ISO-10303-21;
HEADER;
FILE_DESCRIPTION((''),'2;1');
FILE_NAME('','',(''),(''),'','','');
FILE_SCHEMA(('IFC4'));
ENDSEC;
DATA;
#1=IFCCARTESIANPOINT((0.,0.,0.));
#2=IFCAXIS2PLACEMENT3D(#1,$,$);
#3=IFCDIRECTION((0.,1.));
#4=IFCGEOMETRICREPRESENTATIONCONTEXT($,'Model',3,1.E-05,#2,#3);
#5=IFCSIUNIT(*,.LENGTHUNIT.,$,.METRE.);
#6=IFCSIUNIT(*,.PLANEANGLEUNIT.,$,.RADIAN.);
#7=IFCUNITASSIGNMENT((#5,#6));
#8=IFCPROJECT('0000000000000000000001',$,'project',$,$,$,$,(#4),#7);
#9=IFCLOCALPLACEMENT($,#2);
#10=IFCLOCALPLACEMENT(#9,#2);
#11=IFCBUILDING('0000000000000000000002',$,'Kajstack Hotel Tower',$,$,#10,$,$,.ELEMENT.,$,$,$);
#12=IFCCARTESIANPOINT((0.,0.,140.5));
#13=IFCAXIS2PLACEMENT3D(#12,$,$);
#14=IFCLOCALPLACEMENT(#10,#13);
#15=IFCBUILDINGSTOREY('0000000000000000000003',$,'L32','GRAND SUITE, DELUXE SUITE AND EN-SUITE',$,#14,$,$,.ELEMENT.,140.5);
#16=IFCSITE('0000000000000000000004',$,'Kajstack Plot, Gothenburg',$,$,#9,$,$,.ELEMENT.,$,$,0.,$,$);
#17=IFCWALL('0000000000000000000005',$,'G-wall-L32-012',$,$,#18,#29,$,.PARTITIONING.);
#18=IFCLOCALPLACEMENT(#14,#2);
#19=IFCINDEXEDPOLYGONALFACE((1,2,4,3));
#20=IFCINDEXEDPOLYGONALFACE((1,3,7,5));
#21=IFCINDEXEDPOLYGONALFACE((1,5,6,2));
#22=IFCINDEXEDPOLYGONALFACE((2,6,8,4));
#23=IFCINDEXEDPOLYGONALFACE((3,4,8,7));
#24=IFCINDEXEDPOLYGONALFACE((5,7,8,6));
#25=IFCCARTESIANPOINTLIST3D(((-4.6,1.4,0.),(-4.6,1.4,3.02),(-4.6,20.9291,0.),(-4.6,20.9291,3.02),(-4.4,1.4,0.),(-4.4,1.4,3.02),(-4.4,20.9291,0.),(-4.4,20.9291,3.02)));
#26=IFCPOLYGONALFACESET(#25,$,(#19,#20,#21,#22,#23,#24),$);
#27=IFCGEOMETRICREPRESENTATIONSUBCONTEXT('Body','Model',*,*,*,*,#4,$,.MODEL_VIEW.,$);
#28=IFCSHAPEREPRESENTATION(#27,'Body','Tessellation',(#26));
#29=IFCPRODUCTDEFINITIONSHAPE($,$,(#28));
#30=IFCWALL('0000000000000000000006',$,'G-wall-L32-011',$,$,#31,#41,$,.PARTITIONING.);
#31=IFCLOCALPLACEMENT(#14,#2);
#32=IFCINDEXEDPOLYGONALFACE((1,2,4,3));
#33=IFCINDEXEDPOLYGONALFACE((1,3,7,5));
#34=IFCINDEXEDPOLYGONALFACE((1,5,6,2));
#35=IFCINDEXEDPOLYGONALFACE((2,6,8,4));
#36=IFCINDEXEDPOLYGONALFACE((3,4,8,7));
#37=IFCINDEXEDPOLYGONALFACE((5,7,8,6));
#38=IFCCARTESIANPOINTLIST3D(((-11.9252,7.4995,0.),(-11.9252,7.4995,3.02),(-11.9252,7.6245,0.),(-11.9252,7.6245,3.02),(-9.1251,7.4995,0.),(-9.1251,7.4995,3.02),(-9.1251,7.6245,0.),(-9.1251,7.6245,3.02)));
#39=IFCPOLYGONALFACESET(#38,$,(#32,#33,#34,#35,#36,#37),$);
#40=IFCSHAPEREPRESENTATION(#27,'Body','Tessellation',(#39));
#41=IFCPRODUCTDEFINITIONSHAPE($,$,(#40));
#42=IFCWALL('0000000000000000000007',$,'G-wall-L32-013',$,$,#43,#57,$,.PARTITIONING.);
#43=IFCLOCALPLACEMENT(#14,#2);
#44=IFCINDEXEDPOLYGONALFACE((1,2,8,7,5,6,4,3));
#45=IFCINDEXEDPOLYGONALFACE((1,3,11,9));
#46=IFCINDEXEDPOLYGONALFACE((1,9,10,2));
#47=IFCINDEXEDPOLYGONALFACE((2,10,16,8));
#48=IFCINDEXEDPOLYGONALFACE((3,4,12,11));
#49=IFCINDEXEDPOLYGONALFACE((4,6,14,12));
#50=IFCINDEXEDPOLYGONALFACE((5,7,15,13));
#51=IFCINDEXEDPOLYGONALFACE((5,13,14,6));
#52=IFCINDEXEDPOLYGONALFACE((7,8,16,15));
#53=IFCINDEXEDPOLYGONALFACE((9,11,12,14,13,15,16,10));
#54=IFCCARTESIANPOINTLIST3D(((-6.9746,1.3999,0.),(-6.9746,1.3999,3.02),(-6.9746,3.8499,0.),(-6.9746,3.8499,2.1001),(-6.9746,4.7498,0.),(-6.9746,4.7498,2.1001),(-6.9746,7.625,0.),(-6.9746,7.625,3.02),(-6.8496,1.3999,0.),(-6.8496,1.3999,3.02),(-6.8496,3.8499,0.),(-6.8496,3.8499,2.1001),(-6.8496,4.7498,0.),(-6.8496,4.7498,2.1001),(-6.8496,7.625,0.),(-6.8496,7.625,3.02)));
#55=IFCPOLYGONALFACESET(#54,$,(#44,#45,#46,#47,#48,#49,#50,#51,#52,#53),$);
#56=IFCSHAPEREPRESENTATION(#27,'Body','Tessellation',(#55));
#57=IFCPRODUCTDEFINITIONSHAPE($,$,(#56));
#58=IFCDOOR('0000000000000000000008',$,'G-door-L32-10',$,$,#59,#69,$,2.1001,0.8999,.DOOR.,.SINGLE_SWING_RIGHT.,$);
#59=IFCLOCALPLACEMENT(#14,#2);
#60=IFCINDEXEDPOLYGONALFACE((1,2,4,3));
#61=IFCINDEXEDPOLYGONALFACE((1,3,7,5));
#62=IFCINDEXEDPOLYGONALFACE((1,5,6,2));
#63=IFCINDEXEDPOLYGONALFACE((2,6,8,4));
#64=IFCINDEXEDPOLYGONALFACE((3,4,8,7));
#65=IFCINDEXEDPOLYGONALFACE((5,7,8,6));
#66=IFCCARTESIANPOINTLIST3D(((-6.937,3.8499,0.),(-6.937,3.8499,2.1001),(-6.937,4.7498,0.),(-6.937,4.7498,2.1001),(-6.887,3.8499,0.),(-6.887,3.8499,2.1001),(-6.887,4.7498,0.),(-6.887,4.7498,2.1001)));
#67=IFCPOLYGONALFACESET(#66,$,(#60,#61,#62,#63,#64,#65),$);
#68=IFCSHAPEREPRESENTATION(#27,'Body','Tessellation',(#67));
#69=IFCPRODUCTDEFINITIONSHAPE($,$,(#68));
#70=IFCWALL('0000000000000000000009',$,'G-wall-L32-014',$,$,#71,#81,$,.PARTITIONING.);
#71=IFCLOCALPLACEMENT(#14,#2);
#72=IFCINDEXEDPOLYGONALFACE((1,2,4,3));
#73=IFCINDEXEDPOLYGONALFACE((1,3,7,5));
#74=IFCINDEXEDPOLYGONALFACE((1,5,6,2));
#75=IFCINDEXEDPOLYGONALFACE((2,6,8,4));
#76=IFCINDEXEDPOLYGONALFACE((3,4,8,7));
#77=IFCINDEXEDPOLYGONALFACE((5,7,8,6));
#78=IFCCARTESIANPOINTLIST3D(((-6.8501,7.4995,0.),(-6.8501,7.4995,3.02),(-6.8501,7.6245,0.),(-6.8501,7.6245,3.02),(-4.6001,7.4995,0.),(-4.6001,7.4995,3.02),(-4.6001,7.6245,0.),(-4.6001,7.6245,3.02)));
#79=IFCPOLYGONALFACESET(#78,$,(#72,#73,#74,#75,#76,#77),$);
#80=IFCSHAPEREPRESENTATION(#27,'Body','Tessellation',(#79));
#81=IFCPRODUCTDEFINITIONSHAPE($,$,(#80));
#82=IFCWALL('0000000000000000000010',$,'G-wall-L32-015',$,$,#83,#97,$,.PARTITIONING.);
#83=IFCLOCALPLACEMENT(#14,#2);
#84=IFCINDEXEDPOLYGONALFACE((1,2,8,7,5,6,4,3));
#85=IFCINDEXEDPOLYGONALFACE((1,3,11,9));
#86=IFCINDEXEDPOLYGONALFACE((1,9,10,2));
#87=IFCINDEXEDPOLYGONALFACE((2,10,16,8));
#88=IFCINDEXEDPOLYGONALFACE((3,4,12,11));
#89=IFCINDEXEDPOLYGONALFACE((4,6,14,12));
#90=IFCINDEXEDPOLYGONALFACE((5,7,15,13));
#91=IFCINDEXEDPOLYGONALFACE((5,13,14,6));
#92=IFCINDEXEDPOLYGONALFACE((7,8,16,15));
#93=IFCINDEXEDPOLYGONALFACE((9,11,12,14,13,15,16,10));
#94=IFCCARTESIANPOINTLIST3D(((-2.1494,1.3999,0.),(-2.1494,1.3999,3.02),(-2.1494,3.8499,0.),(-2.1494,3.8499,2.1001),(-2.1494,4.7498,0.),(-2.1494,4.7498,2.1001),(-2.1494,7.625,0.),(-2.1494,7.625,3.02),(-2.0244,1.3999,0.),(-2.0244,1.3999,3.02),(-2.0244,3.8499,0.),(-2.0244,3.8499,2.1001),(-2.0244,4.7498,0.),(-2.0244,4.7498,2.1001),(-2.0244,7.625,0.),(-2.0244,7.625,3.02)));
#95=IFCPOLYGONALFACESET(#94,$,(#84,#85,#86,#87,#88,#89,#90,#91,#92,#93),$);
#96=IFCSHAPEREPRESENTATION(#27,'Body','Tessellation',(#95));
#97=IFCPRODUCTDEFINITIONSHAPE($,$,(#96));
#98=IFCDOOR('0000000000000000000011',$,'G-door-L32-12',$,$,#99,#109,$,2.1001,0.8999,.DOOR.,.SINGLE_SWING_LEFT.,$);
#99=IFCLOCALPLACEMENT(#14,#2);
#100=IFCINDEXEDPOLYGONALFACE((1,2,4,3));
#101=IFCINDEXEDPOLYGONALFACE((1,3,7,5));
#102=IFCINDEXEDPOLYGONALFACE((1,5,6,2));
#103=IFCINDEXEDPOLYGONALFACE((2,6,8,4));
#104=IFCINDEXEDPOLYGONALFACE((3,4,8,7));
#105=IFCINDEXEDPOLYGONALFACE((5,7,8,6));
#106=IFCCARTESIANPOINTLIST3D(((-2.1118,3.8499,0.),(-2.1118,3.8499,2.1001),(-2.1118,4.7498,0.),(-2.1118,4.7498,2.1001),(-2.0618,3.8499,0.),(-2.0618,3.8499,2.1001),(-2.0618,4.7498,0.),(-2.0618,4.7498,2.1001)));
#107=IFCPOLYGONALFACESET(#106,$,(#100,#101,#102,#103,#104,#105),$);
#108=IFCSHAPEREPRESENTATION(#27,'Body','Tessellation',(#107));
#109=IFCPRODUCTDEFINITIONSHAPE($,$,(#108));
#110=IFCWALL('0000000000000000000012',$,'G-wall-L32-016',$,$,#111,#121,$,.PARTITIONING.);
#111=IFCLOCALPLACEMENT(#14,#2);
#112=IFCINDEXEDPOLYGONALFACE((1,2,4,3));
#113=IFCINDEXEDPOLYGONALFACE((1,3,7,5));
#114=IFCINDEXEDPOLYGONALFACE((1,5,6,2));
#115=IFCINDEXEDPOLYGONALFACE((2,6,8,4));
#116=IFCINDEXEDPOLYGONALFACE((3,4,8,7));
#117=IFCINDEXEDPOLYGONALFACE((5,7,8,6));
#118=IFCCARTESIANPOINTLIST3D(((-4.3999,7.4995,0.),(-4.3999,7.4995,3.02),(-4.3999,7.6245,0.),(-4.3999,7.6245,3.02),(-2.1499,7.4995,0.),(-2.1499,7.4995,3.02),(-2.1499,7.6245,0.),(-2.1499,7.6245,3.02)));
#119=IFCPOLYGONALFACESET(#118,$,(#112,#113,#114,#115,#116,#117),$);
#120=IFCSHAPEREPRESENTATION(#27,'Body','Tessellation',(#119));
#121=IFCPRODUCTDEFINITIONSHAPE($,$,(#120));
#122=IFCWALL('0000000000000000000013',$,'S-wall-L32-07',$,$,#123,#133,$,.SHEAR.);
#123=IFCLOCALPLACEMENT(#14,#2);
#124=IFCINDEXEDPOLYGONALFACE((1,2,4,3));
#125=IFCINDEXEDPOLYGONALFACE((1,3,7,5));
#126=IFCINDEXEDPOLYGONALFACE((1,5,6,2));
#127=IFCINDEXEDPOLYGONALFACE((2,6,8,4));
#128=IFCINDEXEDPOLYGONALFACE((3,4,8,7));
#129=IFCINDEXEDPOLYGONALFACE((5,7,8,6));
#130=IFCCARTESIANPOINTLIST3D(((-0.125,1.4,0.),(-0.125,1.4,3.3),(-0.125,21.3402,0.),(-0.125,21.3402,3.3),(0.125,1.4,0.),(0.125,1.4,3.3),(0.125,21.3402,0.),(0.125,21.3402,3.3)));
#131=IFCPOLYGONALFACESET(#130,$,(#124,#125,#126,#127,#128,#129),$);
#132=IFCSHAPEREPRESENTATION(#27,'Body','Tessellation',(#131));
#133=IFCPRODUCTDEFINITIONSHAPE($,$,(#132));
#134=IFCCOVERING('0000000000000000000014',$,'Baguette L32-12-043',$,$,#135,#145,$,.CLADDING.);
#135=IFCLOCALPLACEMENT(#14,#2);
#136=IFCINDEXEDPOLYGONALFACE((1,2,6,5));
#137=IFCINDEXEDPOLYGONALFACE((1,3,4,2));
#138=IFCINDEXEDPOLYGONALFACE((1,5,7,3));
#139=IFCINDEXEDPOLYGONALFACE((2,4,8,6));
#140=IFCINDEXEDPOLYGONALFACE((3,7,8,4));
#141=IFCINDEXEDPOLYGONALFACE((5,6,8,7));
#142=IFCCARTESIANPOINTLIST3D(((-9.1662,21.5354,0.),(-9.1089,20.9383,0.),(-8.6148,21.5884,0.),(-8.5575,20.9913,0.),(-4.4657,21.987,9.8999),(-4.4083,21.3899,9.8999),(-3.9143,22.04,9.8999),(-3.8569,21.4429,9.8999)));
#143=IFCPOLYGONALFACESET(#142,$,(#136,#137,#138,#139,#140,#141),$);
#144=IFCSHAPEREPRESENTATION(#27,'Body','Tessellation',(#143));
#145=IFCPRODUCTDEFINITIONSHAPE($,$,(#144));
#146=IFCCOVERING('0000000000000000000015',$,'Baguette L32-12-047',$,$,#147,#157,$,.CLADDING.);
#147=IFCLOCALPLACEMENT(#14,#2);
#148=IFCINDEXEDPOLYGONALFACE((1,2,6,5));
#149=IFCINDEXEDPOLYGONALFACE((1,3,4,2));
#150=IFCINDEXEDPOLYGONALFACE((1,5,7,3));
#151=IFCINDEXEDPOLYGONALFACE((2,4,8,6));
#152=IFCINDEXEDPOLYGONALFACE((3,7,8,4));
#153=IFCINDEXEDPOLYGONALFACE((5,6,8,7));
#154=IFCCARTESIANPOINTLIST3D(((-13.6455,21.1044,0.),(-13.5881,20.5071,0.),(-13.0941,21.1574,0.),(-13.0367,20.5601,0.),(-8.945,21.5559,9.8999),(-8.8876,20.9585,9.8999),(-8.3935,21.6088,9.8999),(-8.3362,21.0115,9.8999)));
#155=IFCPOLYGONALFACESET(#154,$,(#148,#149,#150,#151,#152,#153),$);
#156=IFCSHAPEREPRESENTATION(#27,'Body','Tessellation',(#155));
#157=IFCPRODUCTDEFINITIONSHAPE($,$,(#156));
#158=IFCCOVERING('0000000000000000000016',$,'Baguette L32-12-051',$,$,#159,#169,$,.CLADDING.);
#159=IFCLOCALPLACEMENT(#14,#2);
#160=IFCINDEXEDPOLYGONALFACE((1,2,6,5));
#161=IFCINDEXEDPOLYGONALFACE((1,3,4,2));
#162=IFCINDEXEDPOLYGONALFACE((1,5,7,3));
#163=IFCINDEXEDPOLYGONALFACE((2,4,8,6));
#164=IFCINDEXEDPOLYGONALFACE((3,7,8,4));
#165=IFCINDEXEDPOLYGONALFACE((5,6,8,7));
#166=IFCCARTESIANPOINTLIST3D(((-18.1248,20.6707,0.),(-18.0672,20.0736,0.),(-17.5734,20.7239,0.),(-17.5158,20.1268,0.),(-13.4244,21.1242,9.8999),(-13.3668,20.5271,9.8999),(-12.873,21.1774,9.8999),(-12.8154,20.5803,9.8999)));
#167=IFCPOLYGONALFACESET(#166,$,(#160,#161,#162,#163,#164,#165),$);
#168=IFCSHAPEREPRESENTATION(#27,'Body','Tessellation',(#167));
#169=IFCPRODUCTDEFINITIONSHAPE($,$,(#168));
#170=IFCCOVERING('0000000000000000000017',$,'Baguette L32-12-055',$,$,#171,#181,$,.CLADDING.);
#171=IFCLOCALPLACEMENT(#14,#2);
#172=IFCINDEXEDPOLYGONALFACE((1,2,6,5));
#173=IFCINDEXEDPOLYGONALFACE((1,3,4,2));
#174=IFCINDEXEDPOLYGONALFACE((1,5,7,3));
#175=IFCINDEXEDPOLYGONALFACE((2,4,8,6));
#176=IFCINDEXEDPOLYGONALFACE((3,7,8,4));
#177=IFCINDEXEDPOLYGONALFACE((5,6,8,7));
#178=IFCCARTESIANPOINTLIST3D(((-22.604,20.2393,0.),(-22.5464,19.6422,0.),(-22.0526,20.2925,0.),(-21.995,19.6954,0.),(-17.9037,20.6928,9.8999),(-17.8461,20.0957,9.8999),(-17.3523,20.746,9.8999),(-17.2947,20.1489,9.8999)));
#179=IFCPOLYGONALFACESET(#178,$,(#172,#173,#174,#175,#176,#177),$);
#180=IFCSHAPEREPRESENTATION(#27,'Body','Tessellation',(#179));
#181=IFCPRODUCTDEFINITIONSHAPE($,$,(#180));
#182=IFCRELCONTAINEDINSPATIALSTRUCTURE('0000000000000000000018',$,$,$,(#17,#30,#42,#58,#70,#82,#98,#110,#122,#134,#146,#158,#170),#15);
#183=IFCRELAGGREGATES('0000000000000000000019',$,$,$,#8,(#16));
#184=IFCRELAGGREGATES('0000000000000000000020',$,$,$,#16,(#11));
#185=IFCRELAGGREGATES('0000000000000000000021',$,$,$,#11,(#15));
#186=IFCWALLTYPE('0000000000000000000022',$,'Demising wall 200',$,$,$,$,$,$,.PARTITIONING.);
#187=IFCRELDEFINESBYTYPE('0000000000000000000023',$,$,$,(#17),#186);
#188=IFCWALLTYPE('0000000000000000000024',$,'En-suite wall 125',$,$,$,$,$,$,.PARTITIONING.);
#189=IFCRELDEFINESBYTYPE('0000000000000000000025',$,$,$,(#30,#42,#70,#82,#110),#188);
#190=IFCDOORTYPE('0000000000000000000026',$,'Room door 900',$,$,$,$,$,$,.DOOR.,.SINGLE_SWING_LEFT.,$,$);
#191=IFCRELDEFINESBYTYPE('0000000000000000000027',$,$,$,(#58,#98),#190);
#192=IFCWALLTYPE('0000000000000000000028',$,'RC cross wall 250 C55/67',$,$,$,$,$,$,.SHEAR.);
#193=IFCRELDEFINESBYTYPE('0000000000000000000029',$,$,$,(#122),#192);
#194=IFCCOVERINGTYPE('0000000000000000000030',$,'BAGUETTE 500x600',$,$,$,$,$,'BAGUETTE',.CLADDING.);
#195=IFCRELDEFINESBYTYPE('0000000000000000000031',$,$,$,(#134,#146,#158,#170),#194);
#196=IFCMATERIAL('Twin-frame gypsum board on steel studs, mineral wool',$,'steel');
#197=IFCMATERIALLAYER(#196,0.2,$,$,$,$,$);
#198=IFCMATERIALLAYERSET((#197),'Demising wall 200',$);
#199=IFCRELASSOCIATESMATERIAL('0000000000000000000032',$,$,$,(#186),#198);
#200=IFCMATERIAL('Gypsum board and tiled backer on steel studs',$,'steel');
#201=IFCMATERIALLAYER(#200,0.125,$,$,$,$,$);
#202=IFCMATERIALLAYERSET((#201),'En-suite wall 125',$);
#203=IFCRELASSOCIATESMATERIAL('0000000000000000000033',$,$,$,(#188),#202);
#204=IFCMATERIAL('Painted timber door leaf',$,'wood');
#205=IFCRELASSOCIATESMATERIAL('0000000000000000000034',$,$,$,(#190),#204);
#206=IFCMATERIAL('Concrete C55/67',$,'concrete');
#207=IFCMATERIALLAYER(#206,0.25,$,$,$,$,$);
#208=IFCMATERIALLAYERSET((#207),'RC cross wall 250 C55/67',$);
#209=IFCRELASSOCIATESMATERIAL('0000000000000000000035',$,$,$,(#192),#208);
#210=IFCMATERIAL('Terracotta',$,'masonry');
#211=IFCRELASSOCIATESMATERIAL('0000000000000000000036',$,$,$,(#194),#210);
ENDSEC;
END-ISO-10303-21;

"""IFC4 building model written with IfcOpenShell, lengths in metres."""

from ifc_helpers import new_model, si_unit, direction, frame, frame_2d, origin, origin_2d, place, context, subcontext, project, spatial, polyline, rectangle, outline, extrude, material, layer, layer_set, material_profile, profile_set, type_object, element, fill, save


model = new_model("IFC4")

# Units and contexts
model_context = context("Model", 3, precision=1e-05, world=origin(), true_north=direction((0.0, 1.0)))
body_context = subcontext(model_context, "Body", "Model", "MODEL_VIEW")
ifc_project = project(units=[si_unit("LENGTHUNIT", "METRE"), si_unit("PLANEANGLEUNIT", "RADIAN")], contexts=[model_context])

# Site, building, storey
site_placement = place(None, origin())
site = spatial("IfcSite", under=ifc_project, at=site_placement, Name="Kajstack Plot, Gothenburg", CompositionType="ELEMENT", RefElevation=0.0)
building_placement = place(site_placement, origin())
building = spatial("IfcBuilding", under=site, at=building_placement, Name="Kajstack Hotel Tower", CompositionType="ELEMENT")
storey_placement = place(building_placement, frame((0.0, 0.0, 140.5)))
storey = spatial("IfcBuildingStorey", under=building, at=storey_placement, Name="L32", Description="GRAND SUITE, DELUXE SUITE AND EN-SUITE", CompositionType="ELEMENT", Elevation=140.5)

# Walls
ifc_material_1 = material(Name="Twin-frame gypsum board on steel studs, mineral wool", Category="steel")
ifc_layer_1 = layer(ifc_material_1, 0.2)
ifc_layer_set_1 = layer_set([ifc_layer_1], Name="Demising wall 200")
wall_type_1 = type_object("IfcWallType", Name="Demising wall 200", PredefinedType="PARTITIONING", material=ifc_layer_set_1)
wall_1_placement = place(storey_placement, frame((-4.5, 1.3999, 0.0), z_axis=(0.0, 0.0, 1.0), x_axis=(0.0, 1.0, 0.0)))
element("IfcWall", 1, at=wall_1_placement, inside=storey, type_object=wall_type_1, Name="G-wall-L32-012", PredefinedType="PARTITIONING", context=body_context, shape_type="SweptSolid", body=[
    extrude(rectangle(XDim=19.5291, YDim=0.2, at=frame_2d((9.7646, 0.0))), origin(), (0.0, 0.0, 1.0), 3.02),
])
ifc_material_2 = material(Name="Gypsum board and tiled backer on steel studs", Category="steel")
ifc_layer_2 = layer(ifc_material_2, 0.125)
ifc_layer_set_2 = layer_set([ifc_layer_2], Name="En-suite wall 125")
wall_type_2 = type_object("IfcWallType", Name="En-suite wall 125", PredefinedType="PARTITIONING", material=ifc_layer_set_2)
wall_2_placement = place(storey_placement, frame((-11.925, 7.562, 0.0), z_axis=(0.0, 0.0, 1.0), x_axis=(1.0, 0.0, 0.0)))
element("IfcWall", 2, at=wall_2_placement, inside=storey, type_object=wall_type_2, Name="G-wall-L32-011", PredefinedType="PARTITIONING", context=body_context, shape_type="SweptSolid", body=[
    extrude(rectangle(XDim=2.8, YDim=0.125, at=frame_2d((1.3999, 0.0))), origin(), (0.0, 0.0, 1.0), 3.02),
])

# Wall, opening, door
wall_3_placement = place(storey_placement, frame((-6.9121, 1.3999, 0.0), z_axis=(0.0, 0.0, 1.0), x_axis=(0.0, 1.0, 0.0)))
wall_3 = element("IfcWall", 3, at=wall_3_placement, inside=storey, type_object=wall_type_2, Name="G-wall-L32-013", PredefinedType="PARTITIONING", context=body_context, shape_type="SweptSolid", body=[
    extrude(rectangle(XDim=6.2251, YDim=0.125, at=frame_2d((3.1125, 0.0))), origin(), (0.0, 0.0, 1.0), 3.02),
])
opening_1_placement = place(wall_3_placement, frame((2.45, 0.0, 0.0)))
opening_1 = element("IfcOpeningElement", 4, at=opening_1_placement, cuts=wall_3, PredefinedType="OPENING", context=body_context, shape_type="SweptSolid", body=[
    extrude(rectangle(XDim=0.8999, YDim=2.1001, at=frame_2d((0.45, 1.05))), frame((0.0, 0.0725, 0.0), z_axis=(0.0, -1.0, 0.0), x_axis=(1.0, 0.0, 0.0)), (0.0, 0.0, 1.0), 0.145),
])
ifc_material_3 = material(Name="Painted timber door leaf", Category="wood")
door_type = type_object("IfcDoorType", Name="Room door 900", OperationType="SINGLE_SWING_LEFT", PredefinedType="DOOR", material=ifc_material_3)
door_1_placement = place(opening_1_placement, origin())
door_1 = element("IfcDoor", 5, at=door_1_placement, inside=storey, type_object=door_type, Name="G-door-L32-10", OperationType="SINGLE_SWING_RIGHT", OverallHeight=2.1001, OverallWidth=0.8999, PredefinedType="DOOR", context=body_context, shape_type="SweptSolid", body=[
    extrude(rectangle(XDim=0.8999, YDim=2.1001, at=frame_2d((0.45, 1.05))), frame((0.0, 0.0249, 0.0), z_axis=(0.0, -1.0, 0.0), x_axis=(1.0, 0.0, 0.0)), (0.0, 0.0, 1.0), 0.05),
])
fill(opening_1, door_1)

# Wall
wall_4_placement = place(storey_placement, frame((-6.8501, 7.562, 0.0), z_axis=(0.0, 0.0, 1.0), x_axis=(1.0, 0.0, 0.0)))
element("IfcWall", 6, at=wall_4_placement, inside=storey, type_object=wall_type_2, Name="G-wall-L32-014", PredefinedType="PARTITIONING", context=body_context, shape_type="SweptSolid", body=[
    extrude(rectangle(XDim=2.25, YDim=0.125, at=frame_2d((1.125, 0.0))), origin(), (0.0, 0.0, 1.0), 3.02),
])

# Wall, opening, door
wall_5_placement = place(storey_placement, frame((-2.0869, 1.3999, 0.0), z_axis=(0.0, 0.0, 1.0), x_axis=(0.0, 1.0, 0.0)))
wall_5 = element("IfcWall", 7, at=wall_5_placement, inside=storey, type_object=wall_type_2, Name="G-wall-L32-015", PredefinedType="PARTITIONING", context=body_context, shape_type="SweptSolid", body=[
    extrude(rectangle(XDim=6.2251, YDim=0.125, at=frame_2d((3.1125, 0.0))), origin(), (0.0, 0.0, 1.0), 3.02),
])
opening_2_placement = place(wall_5_placement, frame((2.45, 0.0, 0.0)))
opening_2 = element("IfcOpeningElement", 8, at=opening_2_placement, cuts=wall_5, PredefinedType="OPENING", context=body_context, shape_type="SweptSolid", body=[
    extrude(rectangle(XDim=0.8999, YDim=2.1001, at=frame_2d((0.45, 1.05))), frame((0.0, 0.0725, 0.0), z_axis=(0.0, -1.0, 0.0), x_axis=(1.0, 0.0, 0.0)), (0.0, 0.0, 1.0), 0.145),
])
door_2_placement = place(opening_2_placement, origin())
door_2 = element("IfcDoor", 9, at=door_2_placement, inside=storey, type_object=door_type, Name="G-door-L32-12", OperationType="SINGLE_SWING_LEFT", OverallHeight=2.1001, OverallWidth=0.8999, PredefinedType="DOOR", context=body_context, shape_type="SweptSolid", body=[
    extrude(rectangle(XDim=0.8999, YDim=2.1001, at=frame_2d((0.45, 1.05))), frame((0.0, 0.0249, 0.0), z_axis=(0.0, -1.0, 0.0), x_axis=(1.0, 0.0, 0.0)), (0.0, 0.0, 1.0), 0.05),
])
fill(opening_2, door_2)

# Walls
wall_6_placement = place(storey_placement, frame((-4.3999, 7.562, 0.0), z_axis=(0.0, 0.0, 1.0), x_axis=(1.0, 0.0, 0.0)))
element("IfcWall", 10, at=wall_6_placement, inside=storey, type_object=wall_type_2, Name="G-wall-L32-016", PredefinedType="PARTITIONING", context=body_context, shape_type="SweptSolid", body=[
    extrude(rectangle(XDim=2.25, YDim=0.125, at=frame_2d((1.125, 0.0))), origin(), (0.0, 0.0, 1.0), 3.02),
])
ifc_material_4 = material(Name="Concrete C55/67", Category="concrete")
ifc_layer_3 = layer(ifc_material_4, 0.25)
ifc_layer_set_3 = layer_set([ifc_layer_3], Name="RC cross wall 250 C55/67")
wall_type_3 = type_object("IfcWallType", Name="RC cross wall 250 C55/67", PredefinedType="SHEAR", material=ifc_layer_set_3)
wall_7_placement = place(storey_placement, frame((0.0, 1.3999, 0.0), z_axis=(0.0, 0.0, 1.0), x_axis=(0.0, 1.0, 0.0)))
element("IfcWall", 11, at=wall_7_placement, inside=storey, type_object=wall_type_3, Name="S-wall-L32-07", PredefinedType="SHEAR", context=body_context, shape_type="SweptSolid", body=[
    extrude(rectangle(XDim=19.9402, YDim=0.25, at=frame_2d((9.9702, 0.0))), origin(), (0.0, 0.0, 1.0), 3.3),
])

# Coverings
ifc_material_5 = material(Name="Terracotta", Category="masonry")
ifc_material_profile = material_profile(ifc_material_5, rectangle(XDim=0.6001, YDim=0.5, at=origin_2d()), Name="Terracotta-clad concrete baguette 500 x 600")
ifc_profile_set = profile_set([ifc_material_profile], Name="Terracotta")
covering_type = type_object("IfcCoveringType", Name="BAGUETTE 500x600", ElementType="BAGUETTE", PredefinedType="CLADDING", material=ifc_profile_set)
covering_1_placement = place(storey_placement, frame((-3.8569, 21.4429, 0.0), z_axis=(-0.095635, 0.995416, 0.0), x_axis=(-0.995416, -0.095635, 0.0)))
element("IfcCovering", 12, at=covering_1_placement, inside=storey, type_object=covering_type, Name="Baguette L32-12-043", PredefinedType="CLADDING", context=body_context, shape_type="SweptSolid", body=[
    extrude(outline(polyline([(0.0, 9.8999), (4.7222, 0.0), (5.2761, 0.0), (0.554, 9.8999), (0.0, 9.8999)])), origin(), (0.0, 0.0, 1.0), 0.5999),
])
covering_2_placement = place(storey_placement, frame((-8.3362, 21.0115, 0.0), z_axis=(-0.095596, 0.99542, 0.0), x_axis=(-0.99542, -0.095596, 0.0)))
element("IfcCovering", 13, at=covering_2_placement, inside=storey, type_object=covering_type, Name="Baguette L32-12-047", PredefinedType="CLADDING", context=body_context, shape_type="SweptSolid", body=[
    extrude(outline(polyline([(0.0, 9.8999), (4.7222, 0.0), (5.2761, 0.0), (0.554, 9.8999), (0.0, 9.8999)])), origin(), (0.0, 0.0, 1.0), 0.6001),
])
for number, where, z_axis, x_axis, name in (
    (14, (-12.8154, 20.5803, 0.0), (-0.096038, 0.995378, 0.0), (-0.995378, -0.096038, 0.0), "Baguette L32-12-051"),
    (15, (-17.2947, 20.1489, 0.0), (-0.096038, 0.995378, 0.0), (-0.995378, -0.096038, 0.0), "Baguette L32-12-055"),
):
    element("IfcCovering", number, at=place(storey_placement, frame(where, z_axis=z_axis, x_axis=x_axis)), inside=storey, type_object=covering_type, Name=name, PredefinedType="CLADDING", context=body_context, shape_type="SweptSolid", body=[
        extrude(outline(polyline([(0.0, 9.8999), (4.7222, 0.0), (5.2761, 0.0), (0.554, 9.8999), (0.0, 9.8999)])), origin(), (0.0, 0.0, 1.0), 0.5999),
    ])

save(model, "model.ifc")
